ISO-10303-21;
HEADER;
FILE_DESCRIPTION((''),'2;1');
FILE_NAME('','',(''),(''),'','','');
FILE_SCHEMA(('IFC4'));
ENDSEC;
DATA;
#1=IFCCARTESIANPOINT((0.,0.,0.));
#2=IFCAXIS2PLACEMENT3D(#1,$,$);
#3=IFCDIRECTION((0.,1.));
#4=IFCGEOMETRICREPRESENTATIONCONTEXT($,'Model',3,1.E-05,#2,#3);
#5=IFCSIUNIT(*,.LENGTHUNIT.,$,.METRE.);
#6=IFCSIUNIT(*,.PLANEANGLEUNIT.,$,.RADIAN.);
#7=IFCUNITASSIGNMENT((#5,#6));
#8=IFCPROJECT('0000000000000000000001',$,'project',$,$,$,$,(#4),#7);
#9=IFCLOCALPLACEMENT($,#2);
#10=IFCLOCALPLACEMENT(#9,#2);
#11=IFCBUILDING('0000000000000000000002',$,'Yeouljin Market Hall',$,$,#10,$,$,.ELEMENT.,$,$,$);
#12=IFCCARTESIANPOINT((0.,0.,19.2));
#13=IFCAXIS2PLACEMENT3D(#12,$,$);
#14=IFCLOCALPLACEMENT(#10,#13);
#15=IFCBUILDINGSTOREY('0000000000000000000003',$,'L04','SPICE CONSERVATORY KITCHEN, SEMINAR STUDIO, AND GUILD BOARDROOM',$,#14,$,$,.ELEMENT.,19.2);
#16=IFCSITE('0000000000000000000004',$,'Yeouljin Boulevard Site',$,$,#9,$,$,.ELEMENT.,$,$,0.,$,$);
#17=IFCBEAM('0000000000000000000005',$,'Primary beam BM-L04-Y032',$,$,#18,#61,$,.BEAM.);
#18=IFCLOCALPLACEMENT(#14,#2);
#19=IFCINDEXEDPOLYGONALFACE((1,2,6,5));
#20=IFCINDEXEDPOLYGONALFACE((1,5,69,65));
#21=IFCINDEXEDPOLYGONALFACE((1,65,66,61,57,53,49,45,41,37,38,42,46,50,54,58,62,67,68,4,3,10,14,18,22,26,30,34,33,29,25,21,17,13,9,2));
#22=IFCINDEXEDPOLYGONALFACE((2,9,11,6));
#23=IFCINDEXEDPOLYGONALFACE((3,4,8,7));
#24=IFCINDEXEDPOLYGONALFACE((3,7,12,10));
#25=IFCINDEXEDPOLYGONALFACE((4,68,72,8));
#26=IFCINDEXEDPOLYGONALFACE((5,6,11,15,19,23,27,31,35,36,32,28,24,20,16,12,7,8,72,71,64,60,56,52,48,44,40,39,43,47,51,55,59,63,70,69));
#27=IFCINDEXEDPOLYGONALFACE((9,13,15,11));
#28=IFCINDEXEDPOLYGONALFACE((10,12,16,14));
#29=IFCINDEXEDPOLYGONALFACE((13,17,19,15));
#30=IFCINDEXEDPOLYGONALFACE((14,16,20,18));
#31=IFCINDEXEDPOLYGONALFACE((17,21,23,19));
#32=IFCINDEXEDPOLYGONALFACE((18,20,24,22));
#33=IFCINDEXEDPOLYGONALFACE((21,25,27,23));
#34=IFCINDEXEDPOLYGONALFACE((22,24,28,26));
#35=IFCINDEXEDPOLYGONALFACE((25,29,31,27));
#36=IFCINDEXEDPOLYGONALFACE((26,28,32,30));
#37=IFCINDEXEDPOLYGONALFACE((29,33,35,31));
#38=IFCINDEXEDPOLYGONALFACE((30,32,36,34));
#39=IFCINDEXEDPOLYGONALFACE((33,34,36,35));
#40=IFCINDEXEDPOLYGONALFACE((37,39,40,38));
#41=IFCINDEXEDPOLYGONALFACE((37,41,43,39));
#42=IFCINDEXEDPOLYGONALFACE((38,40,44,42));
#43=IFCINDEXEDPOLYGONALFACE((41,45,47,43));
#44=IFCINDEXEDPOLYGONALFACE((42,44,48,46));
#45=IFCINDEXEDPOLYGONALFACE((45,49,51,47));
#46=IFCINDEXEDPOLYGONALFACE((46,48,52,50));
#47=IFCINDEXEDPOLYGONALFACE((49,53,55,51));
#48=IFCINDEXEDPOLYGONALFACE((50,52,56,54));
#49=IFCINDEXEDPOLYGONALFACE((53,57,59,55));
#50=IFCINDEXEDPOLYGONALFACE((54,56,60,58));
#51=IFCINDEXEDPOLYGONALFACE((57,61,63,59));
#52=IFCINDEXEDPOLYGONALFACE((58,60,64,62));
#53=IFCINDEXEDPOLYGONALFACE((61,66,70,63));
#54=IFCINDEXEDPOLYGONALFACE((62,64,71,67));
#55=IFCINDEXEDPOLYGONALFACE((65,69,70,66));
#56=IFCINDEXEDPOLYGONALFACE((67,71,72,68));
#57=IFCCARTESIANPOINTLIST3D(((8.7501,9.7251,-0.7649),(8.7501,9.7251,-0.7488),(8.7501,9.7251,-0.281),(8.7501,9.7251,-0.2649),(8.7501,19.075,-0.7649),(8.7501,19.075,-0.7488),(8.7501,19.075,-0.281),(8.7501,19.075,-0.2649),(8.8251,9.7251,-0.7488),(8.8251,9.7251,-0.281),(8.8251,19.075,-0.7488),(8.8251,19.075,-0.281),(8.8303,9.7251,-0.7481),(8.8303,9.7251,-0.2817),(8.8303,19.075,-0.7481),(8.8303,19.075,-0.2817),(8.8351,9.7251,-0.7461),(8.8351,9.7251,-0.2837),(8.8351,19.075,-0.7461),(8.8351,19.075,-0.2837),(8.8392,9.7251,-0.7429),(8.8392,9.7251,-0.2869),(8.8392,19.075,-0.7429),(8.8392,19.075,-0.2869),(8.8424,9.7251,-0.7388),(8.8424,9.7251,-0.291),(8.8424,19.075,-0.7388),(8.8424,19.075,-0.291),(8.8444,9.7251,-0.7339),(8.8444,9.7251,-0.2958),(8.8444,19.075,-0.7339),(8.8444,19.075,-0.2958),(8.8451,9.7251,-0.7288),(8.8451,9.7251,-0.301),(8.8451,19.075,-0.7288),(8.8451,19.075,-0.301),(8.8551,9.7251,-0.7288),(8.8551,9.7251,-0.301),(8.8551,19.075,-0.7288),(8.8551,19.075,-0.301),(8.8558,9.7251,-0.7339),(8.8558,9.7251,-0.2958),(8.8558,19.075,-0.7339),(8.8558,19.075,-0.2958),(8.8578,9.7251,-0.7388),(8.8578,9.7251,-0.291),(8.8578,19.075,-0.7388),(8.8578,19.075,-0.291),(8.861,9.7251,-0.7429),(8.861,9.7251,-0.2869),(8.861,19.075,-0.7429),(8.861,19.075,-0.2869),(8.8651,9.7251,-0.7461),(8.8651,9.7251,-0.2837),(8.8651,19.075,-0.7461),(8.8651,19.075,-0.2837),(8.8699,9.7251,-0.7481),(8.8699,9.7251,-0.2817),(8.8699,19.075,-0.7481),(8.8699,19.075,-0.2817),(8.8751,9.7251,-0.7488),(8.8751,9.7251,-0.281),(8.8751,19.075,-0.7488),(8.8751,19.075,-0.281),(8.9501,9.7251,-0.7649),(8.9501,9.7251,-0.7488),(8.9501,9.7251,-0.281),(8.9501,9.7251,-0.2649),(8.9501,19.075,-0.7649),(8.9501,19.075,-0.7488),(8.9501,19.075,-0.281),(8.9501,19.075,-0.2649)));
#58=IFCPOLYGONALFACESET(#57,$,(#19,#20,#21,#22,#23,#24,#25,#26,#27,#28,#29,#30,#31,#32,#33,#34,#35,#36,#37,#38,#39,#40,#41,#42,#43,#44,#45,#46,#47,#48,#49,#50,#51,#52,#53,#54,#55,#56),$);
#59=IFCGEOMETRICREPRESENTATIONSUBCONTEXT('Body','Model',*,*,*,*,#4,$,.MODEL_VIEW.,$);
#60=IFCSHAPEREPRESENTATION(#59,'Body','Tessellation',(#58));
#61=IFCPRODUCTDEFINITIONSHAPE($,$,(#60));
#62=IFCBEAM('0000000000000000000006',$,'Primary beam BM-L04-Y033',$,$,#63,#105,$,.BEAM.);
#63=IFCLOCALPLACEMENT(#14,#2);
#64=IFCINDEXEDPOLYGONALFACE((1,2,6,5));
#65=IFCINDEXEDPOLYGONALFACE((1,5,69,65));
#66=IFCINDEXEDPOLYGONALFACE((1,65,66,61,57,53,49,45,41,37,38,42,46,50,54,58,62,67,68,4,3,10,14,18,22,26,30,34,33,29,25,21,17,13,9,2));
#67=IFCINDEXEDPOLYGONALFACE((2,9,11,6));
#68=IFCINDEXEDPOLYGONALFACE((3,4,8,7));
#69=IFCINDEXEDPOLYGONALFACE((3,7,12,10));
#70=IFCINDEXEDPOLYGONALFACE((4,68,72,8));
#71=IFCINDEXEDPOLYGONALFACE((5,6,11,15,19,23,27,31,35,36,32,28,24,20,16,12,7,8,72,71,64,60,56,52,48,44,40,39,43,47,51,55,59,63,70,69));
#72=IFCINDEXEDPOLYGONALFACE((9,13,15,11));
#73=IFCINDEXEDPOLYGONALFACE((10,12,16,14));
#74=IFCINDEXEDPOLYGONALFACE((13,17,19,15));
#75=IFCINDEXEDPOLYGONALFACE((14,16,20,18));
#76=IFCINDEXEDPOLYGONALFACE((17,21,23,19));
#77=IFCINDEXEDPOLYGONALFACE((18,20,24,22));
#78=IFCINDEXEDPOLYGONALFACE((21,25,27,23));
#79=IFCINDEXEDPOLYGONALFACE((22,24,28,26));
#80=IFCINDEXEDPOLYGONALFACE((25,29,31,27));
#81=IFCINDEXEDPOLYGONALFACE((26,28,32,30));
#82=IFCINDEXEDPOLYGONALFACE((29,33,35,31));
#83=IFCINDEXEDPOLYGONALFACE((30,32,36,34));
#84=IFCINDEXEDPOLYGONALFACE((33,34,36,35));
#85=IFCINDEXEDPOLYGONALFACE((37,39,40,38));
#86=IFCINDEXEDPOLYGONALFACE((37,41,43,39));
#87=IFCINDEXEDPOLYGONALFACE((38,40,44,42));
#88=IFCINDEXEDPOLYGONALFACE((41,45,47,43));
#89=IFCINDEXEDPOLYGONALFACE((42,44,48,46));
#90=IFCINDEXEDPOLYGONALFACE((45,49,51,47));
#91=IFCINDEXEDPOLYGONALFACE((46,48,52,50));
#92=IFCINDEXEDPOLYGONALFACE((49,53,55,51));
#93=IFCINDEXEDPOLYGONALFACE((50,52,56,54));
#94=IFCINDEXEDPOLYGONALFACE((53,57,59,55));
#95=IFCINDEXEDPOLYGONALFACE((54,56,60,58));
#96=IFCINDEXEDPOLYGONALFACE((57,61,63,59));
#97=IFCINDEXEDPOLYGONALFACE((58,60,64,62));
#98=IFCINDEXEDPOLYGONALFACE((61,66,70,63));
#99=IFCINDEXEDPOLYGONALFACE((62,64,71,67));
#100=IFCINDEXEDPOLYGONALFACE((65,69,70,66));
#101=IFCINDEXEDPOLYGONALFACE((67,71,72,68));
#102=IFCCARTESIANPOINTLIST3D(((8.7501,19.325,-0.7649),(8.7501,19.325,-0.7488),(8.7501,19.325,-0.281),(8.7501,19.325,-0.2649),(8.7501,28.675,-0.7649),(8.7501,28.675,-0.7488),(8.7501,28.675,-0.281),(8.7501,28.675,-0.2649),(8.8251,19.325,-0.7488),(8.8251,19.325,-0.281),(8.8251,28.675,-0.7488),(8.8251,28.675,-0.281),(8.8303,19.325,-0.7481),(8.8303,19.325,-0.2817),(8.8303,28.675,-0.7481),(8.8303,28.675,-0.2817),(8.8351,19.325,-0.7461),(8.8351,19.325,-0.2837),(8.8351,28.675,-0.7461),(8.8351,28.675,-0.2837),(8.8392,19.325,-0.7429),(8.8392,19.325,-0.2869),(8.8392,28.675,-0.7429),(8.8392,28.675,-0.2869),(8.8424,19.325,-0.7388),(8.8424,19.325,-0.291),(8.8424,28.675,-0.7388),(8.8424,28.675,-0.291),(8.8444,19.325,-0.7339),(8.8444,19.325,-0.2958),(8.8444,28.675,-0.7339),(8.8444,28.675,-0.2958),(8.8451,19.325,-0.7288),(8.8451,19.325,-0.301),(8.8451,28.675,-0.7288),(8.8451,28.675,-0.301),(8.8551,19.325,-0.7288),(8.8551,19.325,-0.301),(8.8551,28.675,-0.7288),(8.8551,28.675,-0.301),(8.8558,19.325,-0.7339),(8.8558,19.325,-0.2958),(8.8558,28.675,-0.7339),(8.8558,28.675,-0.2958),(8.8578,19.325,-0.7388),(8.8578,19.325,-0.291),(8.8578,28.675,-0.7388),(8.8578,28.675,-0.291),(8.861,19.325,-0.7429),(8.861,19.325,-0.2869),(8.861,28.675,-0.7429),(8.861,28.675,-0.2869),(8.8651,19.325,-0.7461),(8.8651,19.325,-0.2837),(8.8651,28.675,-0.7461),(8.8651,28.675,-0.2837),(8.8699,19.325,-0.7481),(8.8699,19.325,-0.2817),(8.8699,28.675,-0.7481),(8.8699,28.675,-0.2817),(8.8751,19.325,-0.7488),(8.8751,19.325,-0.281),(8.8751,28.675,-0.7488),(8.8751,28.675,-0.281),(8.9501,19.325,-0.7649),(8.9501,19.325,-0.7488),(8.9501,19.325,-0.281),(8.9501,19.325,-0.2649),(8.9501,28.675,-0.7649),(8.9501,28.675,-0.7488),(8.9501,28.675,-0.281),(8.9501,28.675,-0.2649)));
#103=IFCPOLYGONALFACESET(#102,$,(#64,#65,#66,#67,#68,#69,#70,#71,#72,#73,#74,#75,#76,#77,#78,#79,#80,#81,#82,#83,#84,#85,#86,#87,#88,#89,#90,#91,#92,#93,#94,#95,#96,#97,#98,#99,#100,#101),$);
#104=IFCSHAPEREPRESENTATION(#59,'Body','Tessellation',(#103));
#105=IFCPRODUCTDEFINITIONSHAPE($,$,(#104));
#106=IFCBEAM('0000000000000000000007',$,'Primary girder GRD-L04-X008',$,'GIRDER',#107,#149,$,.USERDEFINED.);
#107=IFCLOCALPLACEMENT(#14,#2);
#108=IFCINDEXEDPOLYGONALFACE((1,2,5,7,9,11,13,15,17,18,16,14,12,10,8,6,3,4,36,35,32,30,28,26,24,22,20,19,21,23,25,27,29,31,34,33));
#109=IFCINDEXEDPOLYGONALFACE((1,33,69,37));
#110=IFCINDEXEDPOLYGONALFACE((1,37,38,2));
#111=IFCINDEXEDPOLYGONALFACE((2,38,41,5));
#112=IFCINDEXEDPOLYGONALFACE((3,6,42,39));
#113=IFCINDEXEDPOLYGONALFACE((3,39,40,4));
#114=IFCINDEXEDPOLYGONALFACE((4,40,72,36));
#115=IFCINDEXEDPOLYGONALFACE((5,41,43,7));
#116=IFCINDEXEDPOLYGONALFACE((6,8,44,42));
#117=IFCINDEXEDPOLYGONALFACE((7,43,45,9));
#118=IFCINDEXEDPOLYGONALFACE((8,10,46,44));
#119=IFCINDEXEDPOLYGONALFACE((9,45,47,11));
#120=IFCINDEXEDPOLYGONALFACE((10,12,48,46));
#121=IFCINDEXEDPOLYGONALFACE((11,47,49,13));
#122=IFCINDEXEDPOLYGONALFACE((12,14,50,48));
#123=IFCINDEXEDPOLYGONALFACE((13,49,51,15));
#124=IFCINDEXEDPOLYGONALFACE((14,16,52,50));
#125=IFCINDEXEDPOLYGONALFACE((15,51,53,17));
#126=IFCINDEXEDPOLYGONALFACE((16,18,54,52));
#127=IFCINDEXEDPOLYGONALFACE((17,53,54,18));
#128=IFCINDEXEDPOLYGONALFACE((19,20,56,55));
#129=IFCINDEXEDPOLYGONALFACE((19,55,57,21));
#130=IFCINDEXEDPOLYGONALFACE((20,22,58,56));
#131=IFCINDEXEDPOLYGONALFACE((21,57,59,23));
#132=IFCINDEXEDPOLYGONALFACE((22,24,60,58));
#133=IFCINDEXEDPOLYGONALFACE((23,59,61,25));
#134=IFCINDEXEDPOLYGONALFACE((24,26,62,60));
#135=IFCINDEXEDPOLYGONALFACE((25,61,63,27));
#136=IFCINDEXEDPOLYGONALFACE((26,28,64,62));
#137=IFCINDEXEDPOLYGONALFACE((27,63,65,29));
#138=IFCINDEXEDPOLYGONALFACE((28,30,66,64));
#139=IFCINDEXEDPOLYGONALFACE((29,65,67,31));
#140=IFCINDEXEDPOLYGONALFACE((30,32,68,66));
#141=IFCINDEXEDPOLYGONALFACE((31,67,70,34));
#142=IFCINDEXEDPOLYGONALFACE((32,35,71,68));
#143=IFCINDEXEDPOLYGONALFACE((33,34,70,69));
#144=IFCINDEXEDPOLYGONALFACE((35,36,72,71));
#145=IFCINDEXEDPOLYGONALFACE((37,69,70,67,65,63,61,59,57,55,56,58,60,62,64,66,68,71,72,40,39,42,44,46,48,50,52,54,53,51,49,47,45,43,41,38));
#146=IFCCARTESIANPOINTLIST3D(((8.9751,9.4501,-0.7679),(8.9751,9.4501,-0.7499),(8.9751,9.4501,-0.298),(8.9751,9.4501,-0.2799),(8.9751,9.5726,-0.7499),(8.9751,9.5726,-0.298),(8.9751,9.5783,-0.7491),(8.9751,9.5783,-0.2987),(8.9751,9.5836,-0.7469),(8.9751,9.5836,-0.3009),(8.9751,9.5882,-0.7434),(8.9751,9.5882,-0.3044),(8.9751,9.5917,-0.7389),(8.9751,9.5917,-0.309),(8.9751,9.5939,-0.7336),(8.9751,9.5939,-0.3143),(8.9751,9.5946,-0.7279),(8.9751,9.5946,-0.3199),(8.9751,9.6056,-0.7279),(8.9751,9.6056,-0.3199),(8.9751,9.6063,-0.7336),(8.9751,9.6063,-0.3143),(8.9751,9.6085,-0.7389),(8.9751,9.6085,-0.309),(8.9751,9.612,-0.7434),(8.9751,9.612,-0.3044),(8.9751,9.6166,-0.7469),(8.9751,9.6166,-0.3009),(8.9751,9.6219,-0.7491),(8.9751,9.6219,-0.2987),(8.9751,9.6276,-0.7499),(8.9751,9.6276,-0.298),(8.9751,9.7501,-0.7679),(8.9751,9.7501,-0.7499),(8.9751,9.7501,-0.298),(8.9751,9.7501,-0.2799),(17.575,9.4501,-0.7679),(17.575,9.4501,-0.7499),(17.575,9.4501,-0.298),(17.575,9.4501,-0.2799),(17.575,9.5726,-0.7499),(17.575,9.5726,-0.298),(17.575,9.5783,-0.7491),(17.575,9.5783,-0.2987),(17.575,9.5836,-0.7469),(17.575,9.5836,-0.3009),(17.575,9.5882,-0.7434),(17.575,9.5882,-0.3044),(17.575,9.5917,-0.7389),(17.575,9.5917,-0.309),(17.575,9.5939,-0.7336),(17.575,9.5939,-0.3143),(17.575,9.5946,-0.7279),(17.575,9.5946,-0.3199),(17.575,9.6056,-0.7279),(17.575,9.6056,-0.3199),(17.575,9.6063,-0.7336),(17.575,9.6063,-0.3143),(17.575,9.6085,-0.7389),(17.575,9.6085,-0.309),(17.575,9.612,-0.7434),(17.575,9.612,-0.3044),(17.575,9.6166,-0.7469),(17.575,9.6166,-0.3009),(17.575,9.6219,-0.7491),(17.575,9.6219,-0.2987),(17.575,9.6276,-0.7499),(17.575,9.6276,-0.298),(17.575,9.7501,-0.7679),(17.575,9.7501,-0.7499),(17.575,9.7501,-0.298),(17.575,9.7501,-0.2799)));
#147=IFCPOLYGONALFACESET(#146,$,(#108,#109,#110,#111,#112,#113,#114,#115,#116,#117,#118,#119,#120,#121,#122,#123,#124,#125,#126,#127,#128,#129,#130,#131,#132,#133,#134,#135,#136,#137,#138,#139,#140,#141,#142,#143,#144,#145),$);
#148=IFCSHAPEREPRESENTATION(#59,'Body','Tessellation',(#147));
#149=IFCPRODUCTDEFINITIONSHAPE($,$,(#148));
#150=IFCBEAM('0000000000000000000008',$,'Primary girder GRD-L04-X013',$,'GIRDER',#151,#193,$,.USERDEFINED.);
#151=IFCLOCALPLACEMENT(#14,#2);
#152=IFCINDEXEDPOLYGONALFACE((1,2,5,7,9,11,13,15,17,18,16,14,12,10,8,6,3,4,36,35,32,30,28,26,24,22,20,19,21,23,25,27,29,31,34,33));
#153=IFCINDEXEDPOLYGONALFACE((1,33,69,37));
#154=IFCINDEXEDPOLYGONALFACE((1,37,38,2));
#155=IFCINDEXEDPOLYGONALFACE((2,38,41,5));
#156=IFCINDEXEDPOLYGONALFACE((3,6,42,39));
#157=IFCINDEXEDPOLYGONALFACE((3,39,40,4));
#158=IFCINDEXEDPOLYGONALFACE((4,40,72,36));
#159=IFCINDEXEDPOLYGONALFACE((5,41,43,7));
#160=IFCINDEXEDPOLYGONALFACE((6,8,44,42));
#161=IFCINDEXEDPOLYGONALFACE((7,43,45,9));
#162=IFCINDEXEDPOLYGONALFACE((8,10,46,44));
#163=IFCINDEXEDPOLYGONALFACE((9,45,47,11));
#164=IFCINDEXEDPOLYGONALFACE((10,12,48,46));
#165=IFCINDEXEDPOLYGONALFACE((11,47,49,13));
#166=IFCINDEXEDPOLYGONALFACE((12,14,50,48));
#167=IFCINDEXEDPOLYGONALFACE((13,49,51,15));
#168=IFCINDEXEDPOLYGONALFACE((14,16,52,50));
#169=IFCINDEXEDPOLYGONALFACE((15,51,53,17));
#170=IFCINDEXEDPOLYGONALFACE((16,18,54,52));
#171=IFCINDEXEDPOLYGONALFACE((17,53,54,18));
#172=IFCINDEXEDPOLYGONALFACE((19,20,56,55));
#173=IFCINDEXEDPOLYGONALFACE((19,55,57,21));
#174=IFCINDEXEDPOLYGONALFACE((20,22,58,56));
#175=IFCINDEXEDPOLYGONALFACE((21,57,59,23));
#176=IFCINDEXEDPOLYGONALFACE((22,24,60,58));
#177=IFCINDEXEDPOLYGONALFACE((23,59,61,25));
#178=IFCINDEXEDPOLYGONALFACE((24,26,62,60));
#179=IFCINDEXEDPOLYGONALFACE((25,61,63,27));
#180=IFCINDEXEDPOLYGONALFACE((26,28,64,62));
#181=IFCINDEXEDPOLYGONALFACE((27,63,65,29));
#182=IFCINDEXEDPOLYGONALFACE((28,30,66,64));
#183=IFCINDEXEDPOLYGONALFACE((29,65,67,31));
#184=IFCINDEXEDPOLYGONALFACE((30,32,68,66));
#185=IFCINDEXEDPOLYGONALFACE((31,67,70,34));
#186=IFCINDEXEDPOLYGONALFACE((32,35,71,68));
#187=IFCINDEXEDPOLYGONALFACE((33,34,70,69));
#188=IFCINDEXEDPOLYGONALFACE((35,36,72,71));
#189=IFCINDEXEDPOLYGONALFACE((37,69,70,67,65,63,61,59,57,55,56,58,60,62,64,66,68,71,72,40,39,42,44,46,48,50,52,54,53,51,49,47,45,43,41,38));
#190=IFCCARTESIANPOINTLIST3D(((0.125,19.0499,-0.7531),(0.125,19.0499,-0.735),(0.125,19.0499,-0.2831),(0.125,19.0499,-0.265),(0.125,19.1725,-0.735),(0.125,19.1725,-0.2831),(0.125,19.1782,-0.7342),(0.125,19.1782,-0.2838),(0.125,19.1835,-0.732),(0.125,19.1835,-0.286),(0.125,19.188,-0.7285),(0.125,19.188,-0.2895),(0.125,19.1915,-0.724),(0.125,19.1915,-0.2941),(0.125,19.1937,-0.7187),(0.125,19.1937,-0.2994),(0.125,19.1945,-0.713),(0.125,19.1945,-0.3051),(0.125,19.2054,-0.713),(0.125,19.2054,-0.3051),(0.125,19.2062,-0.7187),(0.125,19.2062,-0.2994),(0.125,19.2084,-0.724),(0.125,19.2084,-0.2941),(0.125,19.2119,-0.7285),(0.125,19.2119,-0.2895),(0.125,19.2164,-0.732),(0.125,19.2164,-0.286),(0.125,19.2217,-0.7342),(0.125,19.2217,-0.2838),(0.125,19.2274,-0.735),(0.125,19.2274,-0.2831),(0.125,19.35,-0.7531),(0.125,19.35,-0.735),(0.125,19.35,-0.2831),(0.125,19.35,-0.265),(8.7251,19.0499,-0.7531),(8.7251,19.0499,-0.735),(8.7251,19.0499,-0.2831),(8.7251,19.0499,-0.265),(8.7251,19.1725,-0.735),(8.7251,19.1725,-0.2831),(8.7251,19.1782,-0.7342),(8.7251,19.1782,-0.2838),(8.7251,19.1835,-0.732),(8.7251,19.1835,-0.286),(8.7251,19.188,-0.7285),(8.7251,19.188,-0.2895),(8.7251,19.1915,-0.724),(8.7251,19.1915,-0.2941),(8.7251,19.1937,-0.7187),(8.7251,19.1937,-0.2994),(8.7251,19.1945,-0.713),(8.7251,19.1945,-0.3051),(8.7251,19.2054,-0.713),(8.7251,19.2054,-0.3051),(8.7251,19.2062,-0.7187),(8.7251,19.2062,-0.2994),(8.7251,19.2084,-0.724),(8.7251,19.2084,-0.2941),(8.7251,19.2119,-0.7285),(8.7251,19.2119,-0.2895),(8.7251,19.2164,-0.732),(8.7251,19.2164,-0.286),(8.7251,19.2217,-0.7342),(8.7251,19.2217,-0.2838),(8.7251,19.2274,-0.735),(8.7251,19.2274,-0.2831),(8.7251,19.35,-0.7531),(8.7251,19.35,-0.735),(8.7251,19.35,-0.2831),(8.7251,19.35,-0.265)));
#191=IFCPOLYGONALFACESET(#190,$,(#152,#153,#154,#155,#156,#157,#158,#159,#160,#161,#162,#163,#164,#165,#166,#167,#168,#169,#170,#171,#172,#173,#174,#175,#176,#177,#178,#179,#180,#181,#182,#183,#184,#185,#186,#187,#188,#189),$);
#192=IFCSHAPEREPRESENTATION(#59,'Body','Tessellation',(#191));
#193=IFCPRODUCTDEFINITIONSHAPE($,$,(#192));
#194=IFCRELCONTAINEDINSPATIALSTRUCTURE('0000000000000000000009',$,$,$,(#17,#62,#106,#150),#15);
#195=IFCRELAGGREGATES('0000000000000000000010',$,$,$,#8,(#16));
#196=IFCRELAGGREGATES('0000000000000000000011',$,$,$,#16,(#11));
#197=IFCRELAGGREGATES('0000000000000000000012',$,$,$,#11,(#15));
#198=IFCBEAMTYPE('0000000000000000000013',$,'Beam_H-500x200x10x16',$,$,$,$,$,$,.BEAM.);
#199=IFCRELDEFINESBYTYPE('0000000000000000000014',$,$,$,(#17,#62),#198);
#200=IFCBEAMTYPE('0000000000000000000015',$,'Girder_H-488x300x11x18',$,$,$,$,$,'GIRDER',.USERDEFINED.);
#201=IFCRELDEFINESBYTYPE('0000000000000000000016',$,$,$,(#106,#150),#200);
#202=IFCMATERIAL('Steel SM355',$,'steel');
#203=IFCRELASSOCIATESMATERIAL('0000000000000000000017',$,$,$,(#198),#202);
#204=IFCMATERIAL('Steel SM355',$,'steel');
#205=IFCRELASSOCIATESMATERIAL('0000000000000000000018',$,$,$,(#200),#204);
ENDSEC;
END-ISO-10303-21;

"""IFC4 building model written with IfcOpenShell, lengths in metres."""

from ifc_helpers import new_model, si_unit, direction, frame, origin, origin_2d, place, context, subcontext, project, spatial, i_section, extrude, material, material_profile, profile_set, type_object, element, save


model = new_model("IFC4")

# Units and contexts
model_context = context("Model", 3, precision=1e-05, world=origin(), true_north=direction((0.0, 1.0)))
body_context = subcontext(model_context, "Body", "Model", "MODEL_VIEW")
ifc_project = project(units=[si_unit("LENGTHUNIT", "METRE"), si_unit("PLANEANGLEUNIT", "RADIAN")], contexts=[model_context])

# Site, building, storey
site_placement = place(None, origin())
site = spatial("IfcSite", under=ifc_project, at=site_placement, Name="Yeouljin Boulevard Site", CompositionType="ELEMENT", RefElevation=0.0)
building_placement = place(site_placement, origin())
building = spatial("IfcBuilding", under=site, at=building_placement, Name="Yeouljin Market Hall", CompositionType="ELEMENT")
storey_placement = place(building_placement, frame((0.0, 0.0, 19.2)))
storey = spatial("IfcBuildingStorey", under=building, at=storey_placement, Name="L04", Description="SPICE CONSERVATORY KITCHEN, SEMINAR STUDIO, AND GUILD BOARDROOM", CompositionType="ELEMENT", Elevation=19.2)

# Beams
ifc_material_1 = material(Name="Steel SM355", Category="steel")
ifc_material_profile_1 = material_profile(ifc_material_1, i_section(OverallWidth=0.2, OverallDepth=0.5, WebThickness=0.01, FlangeThickness=0.0161, FilletRadius=0.02, at=origin_2d()), Name="H-500x200x10x16")
ifc_profile_set_1 = profile_set([ifc_material_profile_1], Name="Steel SM355")
beam_type_1 = type_object("IfcBeamType", Name="Beam_H-500x200x10x16", PredefinedType="BEAM", material=ifc_profile_set_1)
beam_1_placement = place(storey_placement, frame((8.8501, 9.7251, -0.5149), z_axis=(0.0, 1.0, 0.0), x_axis=(-1.0, 0.0, 0.0)))
element("IfcBeam", 1, at=beam_1_placement, inside=storey, type_object=beam_type_1, Name="Primary beam BM-L04-Y032", PredefinedType="BEAM", context=body_context, shape_type="SweptSolid", body=[
    extrude(i_section(OverallWidth=0.2, OverallDepth=0.5, WebThickness=0.01, FlangeThickness=0.0161, FilletRadius=0.02, at=origin_2d()), origin(), (0.0, 0.0, 1.0), 9.3499),
])
beam_2_placement = place(storey_placement, frame((8.8501, 19.325, -0.5149), z_axis=(0.0, 1.0, 0.0), x_axis=(-1.0, 0.0, 0.0)))
element("IfcBeam", 2, at=beam_2_placement, inside=storey, type_object=beam_type_1, Name="Primary beam BM-L04-Y033", PredefinedType="BEAM", context=body_context, shape_type="SweptSolid", body=[
    extrude(i_section(OverallWidth=0.2, OverallDepth=0.5, WebThickness=0.01, FlangeThickness=0.0161, FilletRadius=0.02, at=origin_2d()), origin(), (0.0, 0.0, 1.0), 9.3501),
])
ifc_material_2 = material(Name="Steel SM355", Category="steel")
ifc_material_profile_2 = material_profile(ifc_material_2, i_section(OverallWidth=0.3, OverallDepth=0.488, WebThickness=0.011, FlangeThickness=0.0181, FilletRadius=0.022, at=origin_2d()), Name="H-488x300x11x18")
ifc_profile_set_2 = profile_set([ifc_material_profile_2], Name="Steel SM355")
beam_type_2 = type_object("IfcBeamType", Name="Girder_H-488x300x11x18", ElementType="GIRDER", PredefinedType="USERDEFINED", material=ifc_profile_set_2)
beam_3_placement = place(storey_placement, frame((8.9751, 9.6001, -0.5239), z_axis=(1.0, 0.0, 0.0), x_axis=(0.0, 1.0, 0.0)))
element("IfcBeam", 3, at=beam_3_placement, inside=storey, type_object=beam_type_2, Name="Primary girder GRD-L04-X008", ObjectType="GIRDER", PredefinedType="USERDEFINED", context=body_context, shape_type="SweptSolid", body=[
    extrude(i_section(OverallWidth=0.3, OverallDepth=0.488, WebThickness=0.011, FlangeThickness=0.0181, FilletRadius=0.022, at=origin_2d()), origin(), (0.0, 0.0, 1.0), 8.5999),
])
beam_4_placement = place(storey_placement, frame((0.125, 19.2, -0.509), z_axis=(1.0, 0.0, 0.0), x_axis=(0.0, 1.0, 0.0)))
element("IfcBeam", 4, at=beam_4_placement, inside=storey, type_object=beam_type_2, Name="Primary girder GRD-L04-X013", ObjectType="GIRDER", PredefinedType="USERDEFINED", context=body_context, shape_type="SweptSolid", body=[
    extrude(i_section(OverallWidth=0.3, OverallDepth=0.488, WebThickness=0.011, FlangeThickness=0.0181, FilletRadius=0.022, at=origin_2d()), origin(), (0.0, 0.0, 1.0), 8.6001),
])

save(model, "model.ifc")
